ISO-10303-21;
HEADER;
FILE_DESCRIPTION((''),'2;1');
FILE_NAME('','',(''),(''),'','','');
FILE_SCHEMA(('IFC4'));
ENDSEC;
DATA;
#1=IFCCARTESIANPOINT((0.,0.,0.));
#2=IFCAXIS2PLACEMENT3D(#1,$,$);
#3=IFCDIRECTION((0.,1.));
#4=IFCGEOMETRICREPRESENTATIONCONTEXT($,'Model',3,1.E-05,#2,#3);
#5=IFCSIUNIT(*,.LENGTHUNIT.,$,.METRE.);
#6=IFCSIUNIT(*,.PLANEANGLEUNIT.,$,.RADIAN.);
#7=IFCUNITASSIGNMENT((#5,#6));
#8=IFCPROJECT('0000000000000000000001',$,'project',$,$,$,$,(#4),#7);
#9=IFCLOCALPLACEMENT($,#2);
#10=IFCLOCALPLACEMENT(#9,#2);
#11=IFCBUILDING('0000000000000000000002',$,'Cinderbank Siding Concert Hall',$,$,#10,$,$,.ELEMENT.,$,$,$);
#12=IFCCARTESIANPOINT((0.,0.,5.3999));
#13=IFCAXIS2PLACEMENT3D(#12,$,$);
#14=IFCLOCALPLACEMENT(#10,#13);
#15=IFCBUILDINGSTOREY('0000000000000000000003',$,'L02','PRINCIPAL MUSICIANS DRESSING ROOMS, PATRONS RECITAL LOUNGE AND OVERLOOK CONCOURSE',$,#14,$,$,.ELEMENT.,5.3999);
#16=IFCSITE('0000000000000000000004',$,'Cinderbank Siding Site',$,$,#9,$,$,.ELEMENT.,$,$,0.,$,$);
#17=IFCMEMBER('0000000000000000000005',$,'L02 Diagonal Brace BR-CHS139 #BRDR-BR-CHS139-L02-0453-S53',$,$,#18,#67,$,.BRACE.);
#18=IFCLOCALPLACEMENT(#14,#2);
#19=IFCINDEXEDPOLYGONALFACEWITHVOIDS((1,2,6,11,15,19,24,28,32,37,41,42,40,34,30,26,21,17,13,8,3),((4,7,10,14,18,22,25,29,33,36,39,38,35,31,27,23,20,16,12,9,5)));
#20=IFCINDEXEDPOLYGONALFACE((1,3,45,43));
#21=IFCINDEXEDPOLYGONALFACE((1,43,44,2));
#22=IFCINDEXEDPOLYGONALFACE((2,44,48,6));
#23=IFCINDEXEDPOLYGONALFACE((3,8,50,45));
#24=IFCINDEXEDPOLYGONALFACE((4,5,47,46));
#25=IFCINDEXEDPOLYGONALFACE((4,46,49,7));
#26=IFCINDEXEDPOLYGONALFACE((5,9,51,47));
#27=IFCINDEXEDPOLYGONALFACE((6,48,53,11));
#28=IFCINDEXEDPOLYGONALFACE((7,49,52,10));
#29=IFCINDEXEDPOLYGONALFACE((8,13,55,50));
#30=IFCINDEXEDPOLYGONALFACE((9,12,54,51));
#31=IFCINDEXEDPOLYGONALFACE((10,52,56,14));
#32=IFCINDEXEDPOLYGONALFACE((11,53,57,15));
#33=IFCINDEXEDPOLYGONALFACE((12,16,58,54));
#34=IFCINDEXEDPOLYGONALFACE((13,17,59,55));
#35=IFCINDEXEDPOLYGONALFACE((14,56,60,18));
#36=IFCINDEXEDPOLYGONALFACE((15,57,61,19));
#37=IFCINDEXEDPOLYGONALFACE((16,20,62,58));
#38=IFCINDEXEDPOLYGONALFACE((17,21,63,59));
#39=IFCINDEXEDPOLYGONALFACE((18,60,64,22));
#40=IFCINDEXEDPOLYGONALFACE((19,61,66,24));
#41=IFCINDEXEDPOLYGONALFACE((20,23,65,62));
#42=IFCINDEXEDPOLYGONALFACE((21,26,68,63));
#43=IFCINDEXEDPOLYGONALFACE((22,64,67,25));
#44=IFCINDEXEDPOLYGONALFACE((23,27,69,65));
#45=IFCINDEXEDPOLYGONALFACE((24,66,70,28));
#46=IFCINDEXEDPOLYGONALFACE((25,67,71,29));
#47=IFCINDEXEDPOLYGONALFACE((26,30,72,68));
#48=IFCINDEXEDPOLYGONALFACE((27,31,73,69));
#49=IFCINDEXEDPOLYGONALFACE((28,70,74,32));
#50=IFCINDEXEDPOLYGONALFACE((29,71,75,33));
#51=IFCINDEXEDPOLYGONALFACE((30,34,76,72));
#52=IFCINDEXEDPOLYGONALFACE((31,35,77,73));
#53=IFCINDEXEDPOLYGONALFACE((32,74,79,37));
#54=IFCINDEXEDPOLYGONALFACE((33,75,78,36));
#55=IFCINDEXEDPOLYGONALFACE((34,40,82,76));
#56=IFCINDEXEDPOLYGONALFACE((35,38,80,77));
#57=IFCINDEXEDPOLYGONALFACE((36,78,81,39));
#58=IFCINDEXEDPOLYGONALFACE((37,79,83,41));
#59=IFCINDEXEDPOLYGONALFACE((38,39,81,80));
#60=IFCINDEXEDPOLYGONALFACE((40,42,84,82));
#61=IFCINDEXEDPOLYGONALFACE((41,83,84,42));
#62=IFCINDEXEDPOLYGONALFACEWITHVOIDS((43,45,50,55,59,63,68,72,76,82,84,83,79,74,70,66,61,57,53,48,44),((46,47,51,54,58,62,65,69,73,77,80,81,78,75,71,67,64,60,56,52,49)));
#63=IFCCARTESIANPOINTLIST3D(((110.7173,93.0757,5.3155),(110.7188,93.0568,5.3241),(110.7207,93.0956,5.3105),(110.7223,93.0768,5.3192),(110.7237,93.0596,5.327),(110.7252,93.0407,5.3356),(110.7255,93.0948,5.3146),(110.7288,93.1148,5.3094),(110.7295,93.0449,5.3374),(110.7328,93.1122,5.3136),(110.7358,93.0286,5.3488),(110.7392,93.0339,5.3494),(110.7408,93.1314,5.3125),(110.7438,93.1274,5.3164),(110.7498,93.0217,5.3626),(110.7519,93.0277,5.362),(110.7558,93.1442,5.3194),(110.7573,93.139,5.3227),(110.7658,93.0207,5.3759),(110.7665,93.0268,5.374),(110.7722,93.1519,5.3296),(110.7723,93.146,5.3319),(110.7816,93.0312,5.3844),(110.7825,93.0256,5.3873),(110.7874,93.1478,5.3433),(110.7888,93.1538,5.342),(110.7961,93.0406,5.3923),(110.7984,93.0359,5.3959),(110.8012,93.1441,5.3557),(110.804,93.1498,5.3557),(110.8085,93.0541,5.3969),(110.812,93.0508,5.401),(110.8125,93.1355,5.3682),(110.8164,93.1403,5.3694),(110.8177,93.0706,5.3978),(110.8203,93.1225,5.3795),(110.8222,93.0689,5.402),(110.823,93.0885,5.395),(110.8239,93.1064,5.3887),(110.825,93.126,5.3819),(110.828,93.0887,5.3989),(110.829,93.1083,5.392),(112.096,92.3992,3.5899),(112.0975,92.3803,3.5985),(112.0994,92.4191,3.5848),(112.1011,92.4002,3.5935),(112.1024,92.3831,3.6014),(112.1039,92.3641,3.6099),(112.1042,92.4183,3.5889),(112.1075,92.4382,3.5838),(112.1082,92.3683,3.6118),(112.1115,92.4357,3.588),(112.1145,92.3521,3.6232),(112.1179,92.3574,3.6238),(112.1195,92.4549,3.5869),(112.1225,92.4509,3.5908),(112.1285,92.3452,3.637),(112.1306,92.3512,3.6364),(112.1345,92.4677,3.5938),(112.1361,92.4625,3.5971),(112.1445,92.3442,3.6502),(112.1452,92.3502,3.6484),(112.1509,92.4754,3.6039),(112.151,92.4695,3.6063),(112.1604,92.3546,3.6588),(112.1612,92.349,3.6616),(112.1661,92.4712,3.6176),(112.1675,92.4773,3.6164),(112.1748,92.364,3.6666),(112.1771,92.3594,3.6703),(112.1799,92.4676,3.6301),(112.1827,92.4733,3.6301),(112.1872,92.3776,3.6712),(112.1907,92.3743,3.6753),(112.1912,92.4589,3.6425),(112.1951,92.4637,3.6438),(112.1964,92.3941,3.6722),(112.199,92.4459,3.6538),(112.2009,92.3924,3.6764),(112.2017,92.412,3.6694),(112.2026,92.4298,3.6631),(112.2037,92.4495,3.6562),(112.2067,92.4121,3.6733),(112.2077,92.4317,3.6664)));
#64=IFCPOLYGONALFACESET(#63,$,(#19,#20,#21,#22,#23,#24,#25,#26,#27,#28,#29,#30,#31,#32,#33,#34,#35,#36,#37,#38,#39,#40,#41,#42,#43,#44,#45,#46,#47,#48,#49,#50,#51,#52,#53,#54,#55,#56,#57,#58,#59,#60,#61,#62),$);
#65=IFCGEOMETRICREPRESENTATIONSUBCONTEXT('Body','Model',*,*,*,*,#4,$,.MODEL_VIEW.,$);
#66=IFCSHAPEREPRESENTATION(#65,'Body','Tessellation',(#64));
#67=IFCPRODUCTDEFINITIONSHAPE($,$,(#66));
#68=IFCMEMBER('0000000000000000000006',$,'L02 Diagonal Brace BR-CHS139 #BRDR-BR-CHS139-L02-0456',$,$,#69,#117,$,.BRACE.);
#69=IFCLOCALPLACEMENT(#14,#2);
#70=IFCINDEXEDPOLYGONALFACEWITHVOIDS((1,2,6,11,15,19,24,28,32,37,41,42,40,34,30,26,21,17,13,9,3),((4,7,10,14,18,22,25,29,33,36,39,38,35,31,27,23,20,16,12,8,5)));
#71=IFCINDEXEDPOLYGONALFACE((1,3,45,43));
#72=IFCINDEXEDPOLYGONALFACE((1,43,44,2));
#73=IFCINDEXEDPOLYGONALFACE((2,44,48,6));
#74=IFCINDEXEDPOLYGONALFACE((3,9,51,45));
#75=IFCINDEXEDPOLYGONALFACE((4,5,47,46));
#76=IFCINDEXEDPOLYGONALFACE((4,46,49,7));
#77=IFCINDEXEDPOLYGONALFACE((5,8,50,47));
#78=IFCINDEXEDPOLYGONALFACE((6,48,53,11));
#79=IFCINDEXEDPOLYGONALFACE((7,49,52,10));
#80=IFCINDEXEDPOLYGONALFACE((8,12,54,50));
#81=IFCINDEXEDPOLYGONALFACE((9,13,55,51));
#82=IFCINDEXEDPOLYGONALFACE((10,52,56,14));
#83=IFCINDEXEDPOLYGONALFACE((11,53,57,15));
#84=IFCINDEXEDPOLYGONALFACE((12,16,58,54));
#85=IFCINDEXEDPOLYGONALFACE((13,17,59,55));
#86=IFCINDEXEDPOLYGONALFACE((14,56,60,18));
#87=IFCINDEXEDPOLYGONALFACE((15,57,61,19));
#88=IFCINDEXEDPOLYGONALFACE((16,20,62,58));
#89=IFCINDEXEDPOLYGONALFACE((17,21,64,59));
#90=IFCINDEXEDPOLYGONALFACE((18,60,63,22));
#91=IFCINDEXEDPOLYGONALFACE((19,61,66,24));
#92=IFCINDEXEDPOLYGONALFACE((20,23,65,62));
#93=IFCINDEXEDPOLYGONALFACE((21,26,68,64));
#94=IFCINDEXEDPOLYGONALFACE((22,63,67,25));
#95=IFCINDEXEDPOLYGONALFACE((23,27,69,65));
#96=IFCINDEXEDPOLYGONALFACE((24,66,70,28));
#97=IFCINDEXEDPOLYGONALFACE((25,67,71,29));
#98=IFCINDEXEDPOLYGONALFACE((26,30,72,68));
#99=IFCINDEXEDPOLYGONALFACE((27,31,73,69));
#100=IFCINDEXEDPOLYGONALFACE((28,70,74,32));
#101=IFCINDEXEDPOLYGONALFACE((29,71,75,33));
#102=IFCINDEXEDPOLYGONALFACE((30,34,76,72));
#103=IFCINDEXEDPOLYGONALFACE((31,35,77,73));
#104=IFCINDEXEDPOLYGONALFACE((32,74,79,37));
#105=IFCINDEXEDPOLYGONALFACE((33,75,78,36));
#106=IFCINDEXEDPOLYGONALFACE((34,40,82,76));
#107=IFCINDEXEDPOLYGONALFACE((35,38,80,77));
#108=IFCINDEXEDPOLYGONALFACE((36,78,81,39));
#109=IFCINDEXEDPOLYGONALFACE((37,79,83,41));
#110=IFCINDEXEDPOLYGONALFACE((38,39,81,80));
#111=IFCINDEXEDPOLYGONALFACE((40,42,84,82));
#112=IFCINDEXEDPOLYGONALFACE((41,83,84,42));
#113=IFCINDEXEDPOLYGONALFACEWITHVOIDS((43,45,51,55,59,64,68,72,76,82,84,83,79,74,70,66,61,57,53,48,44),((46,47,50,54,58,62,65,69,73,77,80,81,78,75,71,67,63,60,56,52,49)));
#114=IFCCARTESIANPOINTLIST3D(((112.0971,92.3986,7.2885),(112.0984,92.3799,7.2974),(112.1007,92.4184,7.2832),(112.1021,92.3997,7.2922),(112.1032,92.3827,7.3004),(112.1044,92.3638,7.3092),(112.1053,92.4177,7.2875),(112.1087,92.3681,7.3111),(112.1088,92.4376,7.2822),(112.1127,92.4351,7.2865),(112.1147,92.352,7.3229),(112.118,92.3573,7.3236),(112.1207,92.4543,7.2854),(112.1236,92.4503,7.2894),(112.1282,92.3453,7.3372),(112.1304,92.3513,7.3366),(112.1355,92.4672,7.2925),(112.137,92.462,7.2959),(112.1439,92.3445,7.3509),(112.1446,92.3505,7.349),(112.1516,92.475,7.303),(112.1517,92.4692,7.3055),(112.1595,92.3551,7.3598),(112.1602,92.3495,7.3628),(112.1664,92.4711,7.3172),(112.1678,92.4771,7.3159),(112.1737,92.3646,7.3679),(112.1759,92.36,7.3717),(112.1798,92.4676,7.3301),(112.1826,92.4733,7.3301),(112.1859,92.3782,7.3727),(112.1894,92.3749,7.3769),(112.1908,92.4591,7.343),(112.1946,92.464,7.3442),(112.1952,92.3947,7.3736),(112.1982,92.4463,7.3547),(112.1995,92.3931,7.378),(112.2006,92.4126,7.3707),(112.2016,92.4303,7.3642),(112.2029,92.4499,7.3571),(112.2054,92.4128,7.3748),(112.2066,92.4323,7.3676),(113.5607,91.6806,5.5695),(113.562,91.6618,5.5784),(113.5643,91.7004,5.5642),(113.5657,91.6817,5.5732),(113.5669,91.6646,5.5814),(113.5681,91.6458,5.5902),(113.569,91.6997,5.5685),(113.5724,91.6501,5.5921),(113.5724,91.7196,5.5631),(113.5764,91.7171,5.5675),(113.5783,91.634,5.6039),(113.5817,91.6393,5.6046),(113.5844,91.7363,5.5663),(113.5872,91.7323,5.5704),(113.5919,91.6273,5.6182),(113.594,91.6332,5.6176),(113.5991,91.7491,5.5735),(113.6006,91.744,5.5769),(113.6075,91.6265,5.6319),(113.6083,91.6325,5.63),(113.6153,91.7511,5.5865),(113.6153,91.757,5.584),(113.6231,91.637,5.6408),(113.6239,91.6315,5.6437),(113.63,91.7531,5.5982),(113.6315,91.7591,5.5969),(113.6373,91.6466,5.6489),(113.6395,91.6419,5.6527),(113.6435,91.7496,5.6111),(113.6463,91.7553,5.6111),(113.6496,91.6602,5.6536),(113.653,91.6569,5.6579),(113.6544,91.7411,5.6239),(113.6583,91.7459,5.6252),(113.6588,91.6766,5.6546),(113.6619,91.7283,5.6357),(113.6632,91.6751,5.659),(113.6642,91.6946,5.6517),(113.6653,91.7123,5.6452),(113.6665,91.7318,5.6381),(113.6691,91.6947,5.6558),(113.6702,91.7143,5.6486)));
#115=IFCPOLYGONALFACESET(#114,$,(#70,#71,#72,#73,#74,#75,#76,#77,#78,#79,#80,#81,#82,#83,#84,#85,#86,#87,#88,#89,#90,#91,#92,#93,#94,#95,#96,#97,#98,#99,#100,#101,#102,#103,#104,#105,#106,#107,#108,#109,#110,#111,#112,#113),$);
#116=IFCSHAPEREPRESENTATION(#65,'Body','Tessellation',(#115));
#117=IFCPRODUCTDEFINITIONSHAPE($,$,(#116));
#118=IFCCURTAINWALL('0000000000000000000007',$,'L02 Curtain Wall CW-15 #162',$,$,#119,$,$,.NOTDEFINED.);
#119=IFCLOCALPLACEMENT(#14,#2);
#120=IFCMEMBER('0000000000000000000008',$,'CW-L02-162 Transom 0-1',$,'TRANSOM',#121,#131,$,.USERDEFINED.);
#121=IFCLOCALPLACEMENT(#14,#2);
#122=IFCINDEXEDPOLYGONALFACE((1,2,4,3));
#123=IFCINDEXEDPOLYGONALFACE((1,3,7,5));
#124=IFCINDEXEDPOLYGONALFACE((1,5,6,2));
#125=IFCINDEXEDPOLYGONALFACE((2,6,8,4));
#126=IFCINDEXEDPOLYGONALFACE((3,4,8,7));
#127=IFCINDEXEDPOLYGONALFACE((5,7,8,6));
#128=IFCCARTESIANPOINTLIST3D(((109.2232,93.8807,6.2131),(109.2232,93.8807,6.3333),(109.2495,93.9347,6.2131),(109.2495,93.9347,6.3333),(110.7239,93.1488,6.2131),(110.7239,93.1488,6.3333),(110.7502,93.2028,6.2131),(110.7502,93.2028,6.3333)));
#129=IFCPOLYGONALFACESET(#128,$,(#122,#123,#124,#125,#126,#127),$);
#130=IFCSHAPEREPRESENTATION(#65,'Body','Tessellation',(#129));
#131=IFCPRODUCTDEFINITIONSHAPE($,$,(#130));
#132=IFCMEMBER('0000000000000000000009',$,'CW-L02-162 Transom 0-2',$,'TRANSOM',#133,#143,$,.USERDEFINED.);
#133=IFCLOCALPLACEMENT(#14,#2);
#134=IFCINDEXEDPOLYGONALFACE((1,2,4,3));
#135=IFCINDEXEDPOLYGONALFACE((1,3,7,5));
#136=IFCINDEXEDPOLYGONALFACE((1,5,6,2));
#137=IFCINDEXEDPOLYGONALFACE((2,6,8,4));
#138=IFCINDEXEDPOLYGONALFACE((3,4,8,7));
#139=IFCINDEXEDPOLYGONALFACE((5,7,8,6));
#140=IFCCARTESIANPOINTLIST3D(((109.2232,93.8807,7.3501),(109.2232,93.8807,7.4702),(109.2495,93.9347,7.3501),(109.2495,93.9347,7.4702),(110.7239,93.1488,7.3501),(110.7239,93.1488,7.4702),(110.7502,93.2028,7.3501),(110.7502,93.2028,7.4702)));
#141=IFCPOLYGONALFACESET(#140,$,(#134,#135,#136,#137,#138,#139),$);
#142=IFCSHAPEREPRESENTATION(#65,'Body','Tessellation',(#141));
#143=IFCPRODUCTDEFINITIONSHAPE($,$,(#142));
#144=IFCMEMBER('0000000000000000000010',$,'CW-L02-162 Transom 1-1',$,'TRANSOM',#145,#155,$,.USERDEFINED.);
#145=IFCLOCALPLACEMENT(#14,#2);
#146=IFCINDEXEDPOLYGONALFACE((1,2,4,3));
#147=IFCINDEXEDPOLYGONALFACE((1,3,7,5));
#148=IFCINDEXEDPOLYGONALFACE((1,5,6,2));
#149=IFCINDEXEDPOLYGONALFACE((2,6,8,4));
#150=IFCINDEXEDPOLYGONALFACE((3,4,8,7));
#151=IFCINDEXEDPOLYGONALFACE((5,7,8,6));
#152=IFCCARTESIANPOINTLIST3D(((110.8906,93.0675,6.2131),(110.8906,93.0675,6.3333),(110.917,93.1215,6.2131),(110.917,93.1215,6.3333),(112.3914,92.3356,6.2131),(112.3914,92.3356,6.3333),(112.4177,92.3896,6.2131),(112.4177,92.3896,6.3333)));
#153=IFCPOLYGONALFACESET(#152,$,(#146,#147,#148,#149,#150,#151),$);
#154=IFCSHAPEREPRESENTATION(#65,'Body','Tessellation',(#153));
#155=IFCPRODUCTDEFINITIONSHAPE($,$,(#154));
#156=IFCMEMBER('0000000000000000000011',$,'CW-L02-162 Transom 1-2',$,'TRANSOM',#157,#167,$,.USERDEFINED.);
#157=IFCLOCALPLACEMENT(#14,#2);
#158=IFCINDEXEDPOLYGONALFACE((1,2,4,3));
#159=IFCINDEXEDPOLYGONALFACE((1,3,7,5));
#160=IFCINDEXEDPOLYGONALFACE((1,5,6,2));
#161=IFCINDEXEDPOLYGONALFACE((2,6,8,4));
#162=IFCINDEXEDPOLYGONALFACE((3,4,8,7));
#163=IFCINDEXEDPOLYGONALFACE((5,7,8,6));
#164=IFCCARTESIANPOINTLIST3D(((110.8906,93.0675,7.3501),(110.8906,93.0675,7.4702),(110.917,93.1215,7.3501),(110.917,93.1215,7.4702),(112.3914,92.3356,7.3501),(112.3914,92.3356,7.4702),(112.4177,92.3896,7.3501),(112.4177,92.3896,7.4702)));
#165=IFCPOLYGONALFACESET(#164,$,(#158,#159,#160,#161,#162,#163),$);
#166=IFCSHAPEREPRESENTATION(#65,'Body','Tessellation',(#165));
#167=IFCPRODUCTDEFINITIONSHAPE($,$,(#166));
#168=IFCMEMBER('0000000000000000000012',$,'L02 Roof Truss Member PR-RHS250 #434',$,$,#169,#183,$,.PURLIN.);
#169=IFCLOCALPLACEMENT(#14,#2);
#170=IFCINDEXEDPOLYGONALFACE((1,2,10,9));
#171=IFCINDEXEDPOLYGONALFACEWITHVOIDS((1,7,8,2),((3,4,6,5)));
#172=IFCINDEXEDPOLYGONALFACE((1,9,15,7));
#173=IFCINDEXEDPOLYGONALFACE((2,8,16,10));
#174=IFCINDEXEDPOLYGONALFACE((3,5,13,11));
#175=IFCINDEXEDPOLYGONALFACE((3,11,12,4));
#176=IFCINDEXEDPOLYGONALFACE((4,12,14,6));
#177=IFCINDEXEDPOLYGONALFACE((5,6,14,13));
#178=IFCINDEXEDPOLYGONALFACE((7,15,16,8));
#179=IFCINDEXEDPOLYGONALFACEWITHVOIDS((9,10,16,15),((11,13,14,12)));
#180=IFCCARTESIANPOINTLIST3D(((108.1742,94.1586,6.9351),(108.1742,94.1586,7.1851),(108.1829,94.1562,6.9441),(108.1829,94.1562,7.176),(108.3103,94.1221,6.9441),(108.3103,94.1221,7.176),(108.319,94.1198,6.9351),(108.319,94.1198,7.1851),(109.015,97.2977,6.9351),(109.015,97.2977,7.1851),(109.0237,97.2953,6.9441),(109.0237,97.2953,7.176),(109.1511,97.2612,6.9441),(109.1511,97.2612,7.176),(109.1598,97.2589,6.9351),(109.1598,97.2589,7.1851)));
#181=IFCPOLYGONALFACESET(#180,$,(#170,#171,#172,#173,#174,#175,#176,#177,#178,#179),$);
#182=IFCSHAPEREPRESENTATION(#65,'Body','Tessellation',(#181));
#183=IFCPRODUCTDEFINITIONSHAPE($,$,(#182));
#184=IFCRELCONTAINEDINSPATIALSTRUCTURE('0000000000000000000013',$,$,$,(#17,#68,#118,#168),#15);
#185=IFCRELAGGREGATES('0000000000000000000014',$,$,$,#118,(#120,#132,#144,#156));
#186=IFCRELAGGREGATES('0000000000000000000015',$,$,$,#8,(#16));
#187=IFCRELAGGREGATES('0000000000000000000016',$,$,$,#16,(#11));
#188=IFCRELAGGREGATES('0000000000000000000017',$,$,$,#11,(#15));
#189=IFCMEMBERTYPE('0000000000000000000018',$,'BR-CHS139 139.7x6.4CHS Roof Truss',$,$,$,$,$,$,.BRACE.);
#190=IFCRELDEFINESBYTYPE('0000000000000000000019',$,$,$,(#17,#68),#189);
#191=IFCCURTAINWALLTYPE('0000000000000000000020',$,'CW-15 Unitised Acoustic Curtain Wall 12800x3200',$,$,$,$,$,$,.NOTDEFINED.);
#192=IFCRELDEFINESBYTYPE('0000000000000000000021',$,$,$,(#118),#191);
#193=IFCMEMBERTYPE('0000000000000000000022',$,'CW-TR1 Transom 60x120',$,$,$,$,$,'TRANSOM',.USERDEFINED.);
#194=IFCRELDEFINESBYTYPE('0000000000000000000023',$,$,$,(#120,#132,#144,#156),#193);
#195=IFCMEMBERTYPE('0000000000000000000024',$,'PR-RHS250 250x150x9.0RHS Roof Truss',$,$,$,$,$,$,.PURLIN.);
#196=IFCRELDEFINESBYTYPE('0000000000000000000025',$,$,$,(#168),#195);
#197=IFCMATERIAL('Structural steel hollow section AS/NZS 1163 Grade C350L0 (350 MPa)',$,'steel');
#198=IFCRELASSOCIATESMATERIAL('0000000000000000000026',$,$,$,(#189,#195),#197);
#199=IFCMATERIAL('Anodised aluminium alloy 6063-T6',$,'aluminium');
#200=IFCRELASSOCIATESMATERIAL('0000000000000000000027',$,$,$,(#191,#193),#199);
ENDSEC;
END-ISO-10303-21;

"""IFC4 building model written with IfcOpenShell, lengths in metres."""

from ifc_helpers import new_model, si_unit, direction, frame, origin, origin_2d, place, context, subcontext, project, spatial, rectangle, hollow_rectangle, hollow_circle, extrude, material, material_profile, profile_set, type_object, element, aggregate, save


model = new_model("IFC4")

# Units and contexts
model_context = context("Model", 3, precision=1e-05, world=origin(), true_north=direction((0.0, 1.0)))
body_context = subcontext(model_context, "Body", "Model", "MODEL_VIEW")
ifc_project = project(units=[si_unit("LENGTHUNIT", "METRE"), si_unit("PLANEANGLEUNIT", "RADIAN")], contexts=[model_context])

# Site, building, storey
site_placement = place(None, origin())
site = spatial("IfcSite", under=ifc_project, at=site_placement, Name="Cinderbank Siding Site", CompositionType="ELEMENT", RefElevation=0.0)
building_placement = place(site_placement, origin())
building = spatial("IfcBuilding", under=site, at=building_placement, Name="Cinderbank Siding Concert Hall", CompositionType="ELEMENT")
storey_placement = place(building_placement, frame((0.0, 0.0, 5.3999)))
storey = spatial("IfcBuildingStorey", under=building, at=storey_placement, Name="L02", Description="PRINCIPAL MUSICIANS DRESSING ROOMS, PATRONS RECITAL LOUNGE AND OVERLOOK CONCOURSE", CompositionType="ELEMENT", Elevation=5.3999)

# Members
ifc_material_1 = material(Name="Structural steel hollow section AS/NZS 1163 Grade C350L0 (350 MPa)", Category="steel")
ifc_material_profile_1 = material_profile(ifc_material_1, hollow_circle(Radius=0.0698, WallThickness=0.0063, at=origin_2d()), Name="139.7x6.4CHS", Category="LoadBearing")
ifc_profile_set_1 = profile_set([ifc_material_profile_1], Name="Structural steel hollow section AS/NZS 1163 Grade C350L0 (350 MPa)")
member_type_1 = type_object("IfcMemberType", Name="BR-CHS139 139.7x6.4CHS Roof Truss", PredefinedType="BRACE", material=ifc_profile_set_1)
member_1_placement = place(storey_placement, frame((110.7732, 93.0872, 5.3557), z_axis=(0.596828, -0.292865, -0.747012), x_axis=(0.440524, 0.897741, 0.0)))
element("IfcMember", 1, at=member_1_placement, inside=storey, type_object=member_type_1, Name="L02 Diagonal Brace BR-CHS139 #BRDR-BR-CHS139-L02-0453-S53", PredefinedType="BRACE", context=body_context, shape_type="SweptSolid", body=[
    extrude(hollow_circle(Radius=0.0698, WallThickness=0.0063, at=origin_2d()), origin(), (0.0, 0.0, 1.0), 2.3101),
])
member_2_placement = place(storey_placement, frame((112.1519, 92.4106, 7.3301), z_axis=(0.617794, -0.303075, -0.725586), x_axis=(0.440432, 0.897786, 0.0)))
element("IfcMember", 2, at=member_2_placement, inside=storey, type_object=member_type_1, Name="L02 Diagonal Brace BR-CHS139 #BRDR-BR-CHS139-L02-0456", PredefinedType="BRACE", context=body_context, shape_type="SweptSolid", body=[
    extrude(hollow_circle(Radius=0.0698, WallThickness=0.0063, at=origin_2d()), origin(), (0.0, 0.0, 1.0), 2.3691),
])

# Curtain wall, members
ifc_material_2 = material(Name="Anodised aluminium alloy 6063-T6", Category="aluminium")
curtain_wall_type = type_object("IfcCurtainWallType", Name="CW-15 Unitised Acoustic Curtain Wall 12800x3200", PredefinedType="NOTDEFINED", material=ifc_material_2)
curtain_wall_placement = place(storey_placement, origin())
curtain_wall = element("IfcCurtainWall", 3, at=curtain_wall_placement, inside=storey, type_object=curtain_wall_type, Name="L02 Curtain Wall CW-15 #162", PredefinedType="NOTDEFINED")
ifc_material_profile_2 = material_profile(ifc_material_2, rectangle(XDim=0.0601, YDim=0.1201, at=origin_2d()), Name="ALU-TRAN-60x120", Category="LoadBearing")
ifc_profile_set_2 = profile_set([ifc_material_profile_2], Name="Anodised aluminium alloy 6063-T6")
member_type_2 = type_object("IfcMemberType", Name="CW-TR1 Transom 60x120", ElementType="TRANSOM", PredefinedType="USERDEFINED", material=ifc_profile_set_2)
member_3_placement = place(storey_placement, frame((109.2363, 93.9077, 6.2732), z_axis=(0.898799, -0.43836, 0.0), x_axis=(0.43836, 0.898799, 0.0)))
member_3 = element("IfcMember", 4, at=member_3_placement, type_object=member_type_2, Name="CW-L02-162 Transom 0-1", ObjectType="TRANSOM", PredefinedType="USERDEFINED", context=body_context, shape_type="SweptSolid", body=[
    extrude(rectangle(XDim=0.0601, YDim=0.1201, at=origin_2d()), origin(), (0.0, 0.0, 1.0), 1.6697),
])
member_4_placement = place(storey_placement, frame((109.2363, 93.9077, 7.4102), z_axis=(0.898799, -0.43836, 0.0), x_axis=(0.43836, 0.898799, 0.0)))
member_4 = element("IfcMember", 5, at=member_4_placement, type_object=member_type_2, Name="CW-L02-162 Transom 0-2", ObjectType="TRANSOM", PredefinedType="USERDEFINED", context=body_context, shape_type="SweptSolid", body=[
    extrude(rectangle(XDim=0.0601, YDim=0.1201, at=origin_2d()), origin(), (0.0, 0.0, 1.0), 1.6697),
])
member_5_placement = place(storey_placement, frame((110.9038, 93.0945, 6.2732), z_axis=(0.898799, -0.43836, 0.0), x_axis=(0.43836, 0.898799, 0.0)))
member_5 = element("IfcMember", 6, at=member_5_placement, type_object=member_type_2, Name="CW-L02-162 Transom 1-1", ObjectType="TRANSOM", PredefinedType="USERDEFINED", context=body_context, shape_type="SweptSolid", body=[
    extrude(rectangle(XDim=0.0601, YDim=0.1201, at=origin_2d()), origin(), (0.0, 0.0, 1.0), 1.6697),
])
member_6_placement = place(storey_placement, frame((110.9038, 93.0945, 7.4102), z_axis=(0.898799, -0.43836, 0.0), x_axis=(0.43836, 0.898799, 0.0)))
member_6 = element("IfcMember", 7, at=member_6_placement, type_object=member_type_2, Name="CW-L02-162 Transom 1-2", ObjectType="TRANSOM", PredefinedType="USERDEFINED", context=body_context, shape_type="SweptSolid", body=[
    extrude(rectangle(XDim=0.0601, YDim=0.1201, at=origin_2d()), origin(), (0.0, 0.0, 1.0), 1.6697),
])

# Member
ifc_material_profile_3 = material_profile(ifc_material_1, hollow_rectangle(XDim=0.1499, YDim=0.25, WallThickness=0.009, at=origin_2d()), Name="250x150x9.0RHS", Category="LoadBearing")
ifc_profile_set_3 = profile_set([ifc_material_profile_3], Name="Structural steel hollow section AS/NZS 1163 Grade C350L0 (350 MPa)")
member_type_3 = type_object("IfcMemberType", Name="PR-RHS250 250x150x9.0RHS Roof Truss", PredefinedType="PURLIN", material=ifc_profile_set_3)
member_7_placement = place(storey_placement, frame((108.2466, 94.1392, 7.0601), z_axis=(0.258729, 0.96595, 0.0), x_axis=(-0.96595, 0.258729, 0.0)))
element("IfcMember", 8, at=member_7_placement, inside=storey, type_object=member_type_3, Name="L02 Roof Truss Member PR-RHS250 #434", PredefinedType="PURLIN", context=body_context, shape_type="SweptSolid", body=[
    extrude(hollow_rectangle(XDim=0.1499, YDim=0.25, WallThickness=0.009, at=origin_2d()), origin(), (0.0, 0.0, 1.0), 3.2498),
])

aggregate(curtain_wall, [member_3, member_4, member_5, member_6])

save(model, "model.ifc")
